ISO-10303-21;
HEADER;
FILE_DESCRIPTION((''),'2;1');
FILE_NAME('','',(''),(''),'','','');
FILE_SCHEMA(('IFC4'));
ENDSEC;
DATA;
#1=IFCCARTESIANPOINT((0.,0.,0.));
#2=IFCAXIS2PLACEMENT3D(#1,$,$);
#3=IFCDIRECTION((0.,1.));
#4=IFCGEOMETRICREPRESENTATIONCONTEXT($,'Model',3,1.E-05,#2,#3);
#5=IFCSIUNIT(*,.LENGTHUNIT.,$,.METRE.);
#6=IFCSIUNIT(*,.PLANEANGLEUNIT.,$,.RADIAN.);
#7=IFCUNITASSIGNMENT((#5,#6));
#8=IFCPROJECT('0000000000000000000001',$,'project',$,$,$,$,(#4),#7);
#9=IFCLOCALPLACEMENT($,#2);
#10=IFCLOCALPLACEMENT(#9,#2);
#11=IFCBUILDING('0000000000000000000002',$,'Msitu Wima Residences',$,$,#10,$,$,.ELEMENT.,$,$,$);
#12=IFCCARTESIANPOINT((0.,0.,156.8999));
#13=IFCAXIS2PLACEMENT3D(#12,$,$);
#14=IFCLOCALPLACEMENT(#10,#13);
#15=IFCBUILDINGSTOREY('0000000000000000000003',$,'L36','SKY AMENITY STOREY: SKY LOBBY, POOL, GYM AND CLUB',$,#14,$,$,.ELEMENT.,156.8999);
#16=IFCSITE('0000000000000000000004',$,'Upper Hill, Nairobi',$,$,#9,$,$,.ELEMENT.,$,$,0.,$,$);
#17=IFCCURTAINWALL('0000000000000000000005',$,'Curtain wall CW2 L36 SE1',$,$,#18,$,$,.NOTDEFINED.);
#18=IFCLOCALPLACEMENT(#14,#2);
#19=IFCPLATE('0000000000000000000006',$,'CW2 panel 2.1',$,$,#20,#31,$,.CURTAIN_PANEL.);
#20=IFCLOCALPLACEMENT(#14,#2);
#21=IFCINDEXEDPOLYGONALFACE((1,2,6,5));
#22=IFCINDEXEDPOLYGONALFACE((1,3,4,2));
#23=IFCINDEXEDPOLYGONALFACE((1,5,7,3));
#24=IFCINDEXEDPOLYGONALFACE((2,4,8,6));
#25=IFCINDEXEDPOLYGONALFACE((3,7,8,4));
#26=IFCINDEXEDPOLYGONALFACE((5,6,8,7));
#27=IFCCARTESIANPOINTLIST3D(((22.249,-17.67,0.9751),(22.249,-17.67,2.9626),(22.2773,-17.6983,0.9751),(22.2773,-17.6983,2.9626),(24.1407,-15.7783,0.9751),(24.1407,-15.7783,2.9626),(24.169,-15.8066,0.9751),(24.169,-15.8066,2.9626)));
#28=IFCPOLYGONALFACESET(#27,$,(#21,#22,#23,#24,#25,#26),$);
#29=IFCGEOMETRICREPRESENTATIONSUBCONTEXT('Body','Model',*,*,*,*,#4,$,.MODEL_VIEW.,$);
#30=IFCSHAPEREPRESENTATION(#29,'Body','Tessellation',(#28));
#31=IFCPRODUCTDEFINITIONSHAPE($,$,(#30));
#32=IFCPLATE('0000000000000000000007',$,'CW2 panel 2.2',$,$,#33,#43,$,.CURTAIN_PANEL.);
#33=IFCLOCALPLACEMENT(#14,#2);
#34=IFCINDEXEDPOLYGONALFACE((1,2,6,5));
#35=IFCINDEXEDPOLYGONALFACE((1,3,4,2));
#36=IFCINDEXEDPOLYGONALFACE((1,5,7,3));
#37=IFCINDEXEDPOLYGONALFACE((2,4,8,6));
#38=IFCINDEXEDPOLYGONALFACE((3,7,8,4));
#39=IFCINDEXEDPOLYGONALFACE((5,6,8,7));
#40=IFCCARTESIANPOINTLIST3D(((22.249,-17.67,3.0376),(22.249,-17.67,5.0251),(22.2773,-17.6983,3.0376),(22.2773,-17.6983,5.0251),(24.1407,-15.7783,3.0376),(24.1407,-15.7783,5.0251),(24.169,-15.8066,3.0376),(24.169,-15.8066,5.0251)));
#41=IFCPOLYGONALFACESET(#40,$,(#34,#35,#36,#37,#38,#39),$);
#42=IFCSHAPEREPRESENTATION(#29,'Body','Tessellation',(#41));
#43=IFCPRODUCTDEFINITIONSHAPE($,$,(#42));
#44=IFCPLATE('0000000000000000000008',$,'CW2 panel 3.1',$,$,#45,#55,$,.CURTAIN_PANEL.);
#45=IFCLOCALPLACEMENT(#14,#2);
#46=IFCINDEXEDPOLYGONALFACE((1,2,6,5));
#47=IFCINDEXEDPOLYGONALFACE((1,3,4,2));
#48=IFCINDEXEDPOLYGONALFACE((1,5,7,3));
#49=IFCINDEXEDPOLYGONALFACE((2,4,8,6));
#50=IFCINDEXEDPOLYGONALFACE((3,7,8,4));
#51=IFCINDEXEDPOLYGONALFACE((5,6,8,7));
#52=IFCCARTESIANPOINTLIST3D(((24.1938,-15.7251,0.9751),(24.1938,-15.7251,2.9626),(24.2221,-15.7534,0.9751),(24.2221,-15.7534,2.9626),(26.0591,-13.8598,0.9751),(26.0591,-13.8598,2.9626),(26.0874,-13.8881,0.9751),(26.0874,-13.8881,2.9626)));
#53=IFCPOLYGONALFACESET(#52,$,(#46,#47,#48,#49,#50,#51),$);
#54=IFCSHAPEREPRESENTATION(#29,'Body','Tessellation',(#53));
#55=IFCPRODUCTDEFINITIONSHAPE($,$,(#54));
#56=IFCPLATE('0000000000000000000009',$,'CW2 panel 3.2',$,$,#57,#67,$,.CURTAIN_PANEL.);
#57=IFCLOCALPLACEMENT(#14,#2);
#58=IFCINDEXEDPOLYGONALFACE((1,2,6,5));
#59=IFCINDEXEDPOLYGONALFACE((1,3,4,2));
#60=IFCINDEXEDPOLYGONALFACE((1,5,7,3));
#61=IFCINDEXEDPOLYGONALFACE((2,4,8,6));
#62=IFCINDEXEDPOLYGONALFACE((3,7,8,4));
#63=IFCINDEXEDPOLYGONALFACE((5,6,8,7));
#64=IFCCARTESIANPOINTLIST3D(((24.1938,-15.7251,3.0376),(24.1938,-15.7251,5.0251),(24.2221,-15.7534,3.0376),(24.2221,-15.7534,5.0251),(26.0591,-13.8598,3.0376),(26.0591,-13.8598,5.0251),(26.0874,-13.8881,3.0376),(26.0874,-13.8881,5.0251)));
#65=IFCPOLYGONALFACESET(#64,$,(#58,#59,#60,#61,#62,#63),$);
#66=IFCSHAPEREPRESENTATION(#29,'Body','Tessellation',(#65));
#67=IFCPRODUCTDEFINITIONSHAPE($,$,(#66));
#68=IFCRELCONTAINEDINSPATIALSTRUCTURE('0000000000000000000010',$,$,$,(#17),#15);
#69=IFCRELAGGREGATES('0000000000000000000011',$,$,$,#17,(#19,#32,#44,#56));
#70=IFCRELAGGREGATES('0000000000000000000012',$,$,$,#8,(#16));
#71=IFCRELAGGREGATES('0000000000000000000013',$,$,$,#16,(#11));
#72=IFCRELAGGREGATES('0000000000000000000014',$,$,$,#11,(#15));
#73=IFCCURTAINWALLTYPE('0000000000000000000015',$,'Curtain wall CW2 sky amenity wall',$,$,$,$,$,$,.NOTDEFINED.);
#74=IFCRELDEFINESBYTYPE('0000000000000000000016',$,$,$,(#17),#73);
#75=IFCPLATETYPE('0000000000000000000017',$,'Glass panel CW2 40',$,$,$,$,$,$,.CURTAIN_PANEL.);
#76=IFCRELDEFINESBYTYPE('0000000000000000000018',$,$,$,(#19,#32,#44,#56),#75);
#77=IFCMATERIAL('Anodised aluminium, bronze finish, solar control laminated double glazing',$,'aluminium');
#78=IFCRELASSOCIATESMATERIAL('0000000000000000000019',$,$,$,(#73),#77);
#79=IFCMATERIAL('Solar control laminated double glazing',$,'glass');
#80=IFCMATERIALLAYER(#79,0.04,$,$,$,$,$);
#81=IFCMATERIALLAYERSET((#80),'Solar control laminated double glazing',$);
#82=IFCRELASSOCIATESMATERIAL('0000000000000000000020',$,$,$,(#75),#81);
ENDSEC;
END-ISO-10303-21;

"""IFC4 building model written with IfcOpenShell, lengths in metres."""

from ifc_helpers import new_model, si_unit, direction, frame, origin, origin_2d, place, context, subcontext, project, spatial, rectangle, extrude, material, layer, layer_set, type_object, element, aggregate, save


model = new_model("IFC4")

# Units and contexts
model_context = context("Model", 3, precision=1e-05, world=origin(), true_north=direction((0.0, 1.0)))
body_context = subcontext(model_context, "Body", "Model", "MODEL_VIEW")
ifc_project = project(units=[si_unit("LENGTHUNIT", "METRE"), si_unit("PLANEANGLEUNIT", "RADIAN")], contexts=[model_context])

# Site, building, storey
site_placement = place(None, origin())
site = spatial("IfcSite", under=ifc_project, at=site_placement, Name="Upper Hill, Nairobi", CompositionType="ELEMENT", RefElevation=0.0)
building_placement = place(site_placement, origin())
building = spatial("IfcBuilding", under=site, at=building_placement, Name="Msitu Wima Residences", CompositionType="ELEMENT")
storey_placement = place(building_placement, frame((0.0, 0.0, 156.8999)))
storey = spatial("IfcBuildingStorey", under=building, at=storey_placement, Name="L36", Description="SKY AMENITY STOREY: SKY LOBBY, POOL, GYM AND CLUB", CompositionType="ELEMENT", Elevation=156.8999)

# Curtain wall
ifc_material_1 = material(Name="Anodised aluminium, bronze finish, solar control laminated double glazing", Category="aluminium")
curtain_wall_type = type_object("IfcCurtainWallType", Name="Curtain wall CW2 sky amenity wall", PredefinedType="NOTDEFINED", material=ifc_material_1)
curtain_wall_placement = place(storey_placement, origin())
curtain_wall = element("IfcCurtainWall", 1, at=curtain_wall_placement, inside=storey, type_object=curtain_wall_type, Name="Curtain wall CW2 L36 SE1", PredefinedType="NOTDEFINED")

# Plates
ifc_material_2 = material(Name="Solar control laminated double glazing", Category="glass")
ifc_layer = layer(ifc_material_2, 0.04)
ifc_layer_set = layer_set([ifc_layer], Name="Solar control laminated double glazing")
plate_type = type_object("IfcPlateType", Name="Glass panel CW2 40", PredefinedType="CURTAIN_PANEL", material=ifc_layer_set)
plate_1_placement = place(storey_placement, frame((23.209, -16.7383, 0.9751), z_axis=(0.0, 0.0, 1.0), x_axis=(0.707107, 0.707107, 0.0)))
plate_1 = element("IfcPlate", 2, at=plate_1_placement, type_object=plate_type, Name="CW2 panel 2.1", PredefinedType="CURTAIN_PANEL", context=body_context, shape_type="SweptSolid", body=[
    extrude(rectangle(XDim=2.6753, YDim=0.04, at=origin_2d()), origin(), (0.0, 0.0, 1.0), 1.9875),
])
plate_2_placement = place(storey_placement, frame((23.209, -16.7383, 3.0376), z_axis=(0.0, 0.0, 1.0), x_axis=(0.707107, 0.707107, 0.0)))
plate_2 = element("IfcPlate", 3, at=plate_2_placement, type_object=plate_type, Name="CW2 panel 2.2", PredefinedType="CURTAIN_PANEL", context=body_context, shape_type="SweptSolid", body=[
    extrude(rectangle(XDim=2.6753, YDim=0.04, at=origin_2d()), origin(), (0.0, 0.0, 1.0), 1.9875),
])
plate_3_placement = place(storey_placement, frame((25.1406, -14.8066, 0.9751), z_axis=(0.0, 0.0, 1.0), x_axis=(0.707107, 0.707107, 0.0)))
plate_3 = element("IfcPlate", 4, at=plate_3_placement, type_object=plate_type, Name="CW2 panel 3.1", PredefinedType="CURTAIN_PANEL", context=body_context, shape_type="SweptSolid", body=[
    extrude(rectangle(XDim=2.6379, YDim=0.04, at=origin_2d()), origin(), (0.0, 0.0, 1.0), 1.9875),
])
plate_4_placement = place(storey_placement, frame((25.1406, -14.8066, 3.0376), z_axis=(0.0, 0.0, 1.0), x_axis=(0.707107, 0.707107, 0.0)))
plate_4 = element("IfcPlate", 5, at=plate_4_placement, type_object=plate_type, Name="CW2 panel 3.2", PredefinedType="CURTAIN_PANEL", context=body_context, shape_type="SweptSolid", body=[
    extrude(rectangle(XDim=2.6379, YDim=0.04, at=origin_2d()), origin(), (0.0, 0.0, 1.0), 1.9875),
])
aggregate(curtain_wall, [plate_1, plate_2, plate_3, plate_4])

save(model, "model.ifc")
